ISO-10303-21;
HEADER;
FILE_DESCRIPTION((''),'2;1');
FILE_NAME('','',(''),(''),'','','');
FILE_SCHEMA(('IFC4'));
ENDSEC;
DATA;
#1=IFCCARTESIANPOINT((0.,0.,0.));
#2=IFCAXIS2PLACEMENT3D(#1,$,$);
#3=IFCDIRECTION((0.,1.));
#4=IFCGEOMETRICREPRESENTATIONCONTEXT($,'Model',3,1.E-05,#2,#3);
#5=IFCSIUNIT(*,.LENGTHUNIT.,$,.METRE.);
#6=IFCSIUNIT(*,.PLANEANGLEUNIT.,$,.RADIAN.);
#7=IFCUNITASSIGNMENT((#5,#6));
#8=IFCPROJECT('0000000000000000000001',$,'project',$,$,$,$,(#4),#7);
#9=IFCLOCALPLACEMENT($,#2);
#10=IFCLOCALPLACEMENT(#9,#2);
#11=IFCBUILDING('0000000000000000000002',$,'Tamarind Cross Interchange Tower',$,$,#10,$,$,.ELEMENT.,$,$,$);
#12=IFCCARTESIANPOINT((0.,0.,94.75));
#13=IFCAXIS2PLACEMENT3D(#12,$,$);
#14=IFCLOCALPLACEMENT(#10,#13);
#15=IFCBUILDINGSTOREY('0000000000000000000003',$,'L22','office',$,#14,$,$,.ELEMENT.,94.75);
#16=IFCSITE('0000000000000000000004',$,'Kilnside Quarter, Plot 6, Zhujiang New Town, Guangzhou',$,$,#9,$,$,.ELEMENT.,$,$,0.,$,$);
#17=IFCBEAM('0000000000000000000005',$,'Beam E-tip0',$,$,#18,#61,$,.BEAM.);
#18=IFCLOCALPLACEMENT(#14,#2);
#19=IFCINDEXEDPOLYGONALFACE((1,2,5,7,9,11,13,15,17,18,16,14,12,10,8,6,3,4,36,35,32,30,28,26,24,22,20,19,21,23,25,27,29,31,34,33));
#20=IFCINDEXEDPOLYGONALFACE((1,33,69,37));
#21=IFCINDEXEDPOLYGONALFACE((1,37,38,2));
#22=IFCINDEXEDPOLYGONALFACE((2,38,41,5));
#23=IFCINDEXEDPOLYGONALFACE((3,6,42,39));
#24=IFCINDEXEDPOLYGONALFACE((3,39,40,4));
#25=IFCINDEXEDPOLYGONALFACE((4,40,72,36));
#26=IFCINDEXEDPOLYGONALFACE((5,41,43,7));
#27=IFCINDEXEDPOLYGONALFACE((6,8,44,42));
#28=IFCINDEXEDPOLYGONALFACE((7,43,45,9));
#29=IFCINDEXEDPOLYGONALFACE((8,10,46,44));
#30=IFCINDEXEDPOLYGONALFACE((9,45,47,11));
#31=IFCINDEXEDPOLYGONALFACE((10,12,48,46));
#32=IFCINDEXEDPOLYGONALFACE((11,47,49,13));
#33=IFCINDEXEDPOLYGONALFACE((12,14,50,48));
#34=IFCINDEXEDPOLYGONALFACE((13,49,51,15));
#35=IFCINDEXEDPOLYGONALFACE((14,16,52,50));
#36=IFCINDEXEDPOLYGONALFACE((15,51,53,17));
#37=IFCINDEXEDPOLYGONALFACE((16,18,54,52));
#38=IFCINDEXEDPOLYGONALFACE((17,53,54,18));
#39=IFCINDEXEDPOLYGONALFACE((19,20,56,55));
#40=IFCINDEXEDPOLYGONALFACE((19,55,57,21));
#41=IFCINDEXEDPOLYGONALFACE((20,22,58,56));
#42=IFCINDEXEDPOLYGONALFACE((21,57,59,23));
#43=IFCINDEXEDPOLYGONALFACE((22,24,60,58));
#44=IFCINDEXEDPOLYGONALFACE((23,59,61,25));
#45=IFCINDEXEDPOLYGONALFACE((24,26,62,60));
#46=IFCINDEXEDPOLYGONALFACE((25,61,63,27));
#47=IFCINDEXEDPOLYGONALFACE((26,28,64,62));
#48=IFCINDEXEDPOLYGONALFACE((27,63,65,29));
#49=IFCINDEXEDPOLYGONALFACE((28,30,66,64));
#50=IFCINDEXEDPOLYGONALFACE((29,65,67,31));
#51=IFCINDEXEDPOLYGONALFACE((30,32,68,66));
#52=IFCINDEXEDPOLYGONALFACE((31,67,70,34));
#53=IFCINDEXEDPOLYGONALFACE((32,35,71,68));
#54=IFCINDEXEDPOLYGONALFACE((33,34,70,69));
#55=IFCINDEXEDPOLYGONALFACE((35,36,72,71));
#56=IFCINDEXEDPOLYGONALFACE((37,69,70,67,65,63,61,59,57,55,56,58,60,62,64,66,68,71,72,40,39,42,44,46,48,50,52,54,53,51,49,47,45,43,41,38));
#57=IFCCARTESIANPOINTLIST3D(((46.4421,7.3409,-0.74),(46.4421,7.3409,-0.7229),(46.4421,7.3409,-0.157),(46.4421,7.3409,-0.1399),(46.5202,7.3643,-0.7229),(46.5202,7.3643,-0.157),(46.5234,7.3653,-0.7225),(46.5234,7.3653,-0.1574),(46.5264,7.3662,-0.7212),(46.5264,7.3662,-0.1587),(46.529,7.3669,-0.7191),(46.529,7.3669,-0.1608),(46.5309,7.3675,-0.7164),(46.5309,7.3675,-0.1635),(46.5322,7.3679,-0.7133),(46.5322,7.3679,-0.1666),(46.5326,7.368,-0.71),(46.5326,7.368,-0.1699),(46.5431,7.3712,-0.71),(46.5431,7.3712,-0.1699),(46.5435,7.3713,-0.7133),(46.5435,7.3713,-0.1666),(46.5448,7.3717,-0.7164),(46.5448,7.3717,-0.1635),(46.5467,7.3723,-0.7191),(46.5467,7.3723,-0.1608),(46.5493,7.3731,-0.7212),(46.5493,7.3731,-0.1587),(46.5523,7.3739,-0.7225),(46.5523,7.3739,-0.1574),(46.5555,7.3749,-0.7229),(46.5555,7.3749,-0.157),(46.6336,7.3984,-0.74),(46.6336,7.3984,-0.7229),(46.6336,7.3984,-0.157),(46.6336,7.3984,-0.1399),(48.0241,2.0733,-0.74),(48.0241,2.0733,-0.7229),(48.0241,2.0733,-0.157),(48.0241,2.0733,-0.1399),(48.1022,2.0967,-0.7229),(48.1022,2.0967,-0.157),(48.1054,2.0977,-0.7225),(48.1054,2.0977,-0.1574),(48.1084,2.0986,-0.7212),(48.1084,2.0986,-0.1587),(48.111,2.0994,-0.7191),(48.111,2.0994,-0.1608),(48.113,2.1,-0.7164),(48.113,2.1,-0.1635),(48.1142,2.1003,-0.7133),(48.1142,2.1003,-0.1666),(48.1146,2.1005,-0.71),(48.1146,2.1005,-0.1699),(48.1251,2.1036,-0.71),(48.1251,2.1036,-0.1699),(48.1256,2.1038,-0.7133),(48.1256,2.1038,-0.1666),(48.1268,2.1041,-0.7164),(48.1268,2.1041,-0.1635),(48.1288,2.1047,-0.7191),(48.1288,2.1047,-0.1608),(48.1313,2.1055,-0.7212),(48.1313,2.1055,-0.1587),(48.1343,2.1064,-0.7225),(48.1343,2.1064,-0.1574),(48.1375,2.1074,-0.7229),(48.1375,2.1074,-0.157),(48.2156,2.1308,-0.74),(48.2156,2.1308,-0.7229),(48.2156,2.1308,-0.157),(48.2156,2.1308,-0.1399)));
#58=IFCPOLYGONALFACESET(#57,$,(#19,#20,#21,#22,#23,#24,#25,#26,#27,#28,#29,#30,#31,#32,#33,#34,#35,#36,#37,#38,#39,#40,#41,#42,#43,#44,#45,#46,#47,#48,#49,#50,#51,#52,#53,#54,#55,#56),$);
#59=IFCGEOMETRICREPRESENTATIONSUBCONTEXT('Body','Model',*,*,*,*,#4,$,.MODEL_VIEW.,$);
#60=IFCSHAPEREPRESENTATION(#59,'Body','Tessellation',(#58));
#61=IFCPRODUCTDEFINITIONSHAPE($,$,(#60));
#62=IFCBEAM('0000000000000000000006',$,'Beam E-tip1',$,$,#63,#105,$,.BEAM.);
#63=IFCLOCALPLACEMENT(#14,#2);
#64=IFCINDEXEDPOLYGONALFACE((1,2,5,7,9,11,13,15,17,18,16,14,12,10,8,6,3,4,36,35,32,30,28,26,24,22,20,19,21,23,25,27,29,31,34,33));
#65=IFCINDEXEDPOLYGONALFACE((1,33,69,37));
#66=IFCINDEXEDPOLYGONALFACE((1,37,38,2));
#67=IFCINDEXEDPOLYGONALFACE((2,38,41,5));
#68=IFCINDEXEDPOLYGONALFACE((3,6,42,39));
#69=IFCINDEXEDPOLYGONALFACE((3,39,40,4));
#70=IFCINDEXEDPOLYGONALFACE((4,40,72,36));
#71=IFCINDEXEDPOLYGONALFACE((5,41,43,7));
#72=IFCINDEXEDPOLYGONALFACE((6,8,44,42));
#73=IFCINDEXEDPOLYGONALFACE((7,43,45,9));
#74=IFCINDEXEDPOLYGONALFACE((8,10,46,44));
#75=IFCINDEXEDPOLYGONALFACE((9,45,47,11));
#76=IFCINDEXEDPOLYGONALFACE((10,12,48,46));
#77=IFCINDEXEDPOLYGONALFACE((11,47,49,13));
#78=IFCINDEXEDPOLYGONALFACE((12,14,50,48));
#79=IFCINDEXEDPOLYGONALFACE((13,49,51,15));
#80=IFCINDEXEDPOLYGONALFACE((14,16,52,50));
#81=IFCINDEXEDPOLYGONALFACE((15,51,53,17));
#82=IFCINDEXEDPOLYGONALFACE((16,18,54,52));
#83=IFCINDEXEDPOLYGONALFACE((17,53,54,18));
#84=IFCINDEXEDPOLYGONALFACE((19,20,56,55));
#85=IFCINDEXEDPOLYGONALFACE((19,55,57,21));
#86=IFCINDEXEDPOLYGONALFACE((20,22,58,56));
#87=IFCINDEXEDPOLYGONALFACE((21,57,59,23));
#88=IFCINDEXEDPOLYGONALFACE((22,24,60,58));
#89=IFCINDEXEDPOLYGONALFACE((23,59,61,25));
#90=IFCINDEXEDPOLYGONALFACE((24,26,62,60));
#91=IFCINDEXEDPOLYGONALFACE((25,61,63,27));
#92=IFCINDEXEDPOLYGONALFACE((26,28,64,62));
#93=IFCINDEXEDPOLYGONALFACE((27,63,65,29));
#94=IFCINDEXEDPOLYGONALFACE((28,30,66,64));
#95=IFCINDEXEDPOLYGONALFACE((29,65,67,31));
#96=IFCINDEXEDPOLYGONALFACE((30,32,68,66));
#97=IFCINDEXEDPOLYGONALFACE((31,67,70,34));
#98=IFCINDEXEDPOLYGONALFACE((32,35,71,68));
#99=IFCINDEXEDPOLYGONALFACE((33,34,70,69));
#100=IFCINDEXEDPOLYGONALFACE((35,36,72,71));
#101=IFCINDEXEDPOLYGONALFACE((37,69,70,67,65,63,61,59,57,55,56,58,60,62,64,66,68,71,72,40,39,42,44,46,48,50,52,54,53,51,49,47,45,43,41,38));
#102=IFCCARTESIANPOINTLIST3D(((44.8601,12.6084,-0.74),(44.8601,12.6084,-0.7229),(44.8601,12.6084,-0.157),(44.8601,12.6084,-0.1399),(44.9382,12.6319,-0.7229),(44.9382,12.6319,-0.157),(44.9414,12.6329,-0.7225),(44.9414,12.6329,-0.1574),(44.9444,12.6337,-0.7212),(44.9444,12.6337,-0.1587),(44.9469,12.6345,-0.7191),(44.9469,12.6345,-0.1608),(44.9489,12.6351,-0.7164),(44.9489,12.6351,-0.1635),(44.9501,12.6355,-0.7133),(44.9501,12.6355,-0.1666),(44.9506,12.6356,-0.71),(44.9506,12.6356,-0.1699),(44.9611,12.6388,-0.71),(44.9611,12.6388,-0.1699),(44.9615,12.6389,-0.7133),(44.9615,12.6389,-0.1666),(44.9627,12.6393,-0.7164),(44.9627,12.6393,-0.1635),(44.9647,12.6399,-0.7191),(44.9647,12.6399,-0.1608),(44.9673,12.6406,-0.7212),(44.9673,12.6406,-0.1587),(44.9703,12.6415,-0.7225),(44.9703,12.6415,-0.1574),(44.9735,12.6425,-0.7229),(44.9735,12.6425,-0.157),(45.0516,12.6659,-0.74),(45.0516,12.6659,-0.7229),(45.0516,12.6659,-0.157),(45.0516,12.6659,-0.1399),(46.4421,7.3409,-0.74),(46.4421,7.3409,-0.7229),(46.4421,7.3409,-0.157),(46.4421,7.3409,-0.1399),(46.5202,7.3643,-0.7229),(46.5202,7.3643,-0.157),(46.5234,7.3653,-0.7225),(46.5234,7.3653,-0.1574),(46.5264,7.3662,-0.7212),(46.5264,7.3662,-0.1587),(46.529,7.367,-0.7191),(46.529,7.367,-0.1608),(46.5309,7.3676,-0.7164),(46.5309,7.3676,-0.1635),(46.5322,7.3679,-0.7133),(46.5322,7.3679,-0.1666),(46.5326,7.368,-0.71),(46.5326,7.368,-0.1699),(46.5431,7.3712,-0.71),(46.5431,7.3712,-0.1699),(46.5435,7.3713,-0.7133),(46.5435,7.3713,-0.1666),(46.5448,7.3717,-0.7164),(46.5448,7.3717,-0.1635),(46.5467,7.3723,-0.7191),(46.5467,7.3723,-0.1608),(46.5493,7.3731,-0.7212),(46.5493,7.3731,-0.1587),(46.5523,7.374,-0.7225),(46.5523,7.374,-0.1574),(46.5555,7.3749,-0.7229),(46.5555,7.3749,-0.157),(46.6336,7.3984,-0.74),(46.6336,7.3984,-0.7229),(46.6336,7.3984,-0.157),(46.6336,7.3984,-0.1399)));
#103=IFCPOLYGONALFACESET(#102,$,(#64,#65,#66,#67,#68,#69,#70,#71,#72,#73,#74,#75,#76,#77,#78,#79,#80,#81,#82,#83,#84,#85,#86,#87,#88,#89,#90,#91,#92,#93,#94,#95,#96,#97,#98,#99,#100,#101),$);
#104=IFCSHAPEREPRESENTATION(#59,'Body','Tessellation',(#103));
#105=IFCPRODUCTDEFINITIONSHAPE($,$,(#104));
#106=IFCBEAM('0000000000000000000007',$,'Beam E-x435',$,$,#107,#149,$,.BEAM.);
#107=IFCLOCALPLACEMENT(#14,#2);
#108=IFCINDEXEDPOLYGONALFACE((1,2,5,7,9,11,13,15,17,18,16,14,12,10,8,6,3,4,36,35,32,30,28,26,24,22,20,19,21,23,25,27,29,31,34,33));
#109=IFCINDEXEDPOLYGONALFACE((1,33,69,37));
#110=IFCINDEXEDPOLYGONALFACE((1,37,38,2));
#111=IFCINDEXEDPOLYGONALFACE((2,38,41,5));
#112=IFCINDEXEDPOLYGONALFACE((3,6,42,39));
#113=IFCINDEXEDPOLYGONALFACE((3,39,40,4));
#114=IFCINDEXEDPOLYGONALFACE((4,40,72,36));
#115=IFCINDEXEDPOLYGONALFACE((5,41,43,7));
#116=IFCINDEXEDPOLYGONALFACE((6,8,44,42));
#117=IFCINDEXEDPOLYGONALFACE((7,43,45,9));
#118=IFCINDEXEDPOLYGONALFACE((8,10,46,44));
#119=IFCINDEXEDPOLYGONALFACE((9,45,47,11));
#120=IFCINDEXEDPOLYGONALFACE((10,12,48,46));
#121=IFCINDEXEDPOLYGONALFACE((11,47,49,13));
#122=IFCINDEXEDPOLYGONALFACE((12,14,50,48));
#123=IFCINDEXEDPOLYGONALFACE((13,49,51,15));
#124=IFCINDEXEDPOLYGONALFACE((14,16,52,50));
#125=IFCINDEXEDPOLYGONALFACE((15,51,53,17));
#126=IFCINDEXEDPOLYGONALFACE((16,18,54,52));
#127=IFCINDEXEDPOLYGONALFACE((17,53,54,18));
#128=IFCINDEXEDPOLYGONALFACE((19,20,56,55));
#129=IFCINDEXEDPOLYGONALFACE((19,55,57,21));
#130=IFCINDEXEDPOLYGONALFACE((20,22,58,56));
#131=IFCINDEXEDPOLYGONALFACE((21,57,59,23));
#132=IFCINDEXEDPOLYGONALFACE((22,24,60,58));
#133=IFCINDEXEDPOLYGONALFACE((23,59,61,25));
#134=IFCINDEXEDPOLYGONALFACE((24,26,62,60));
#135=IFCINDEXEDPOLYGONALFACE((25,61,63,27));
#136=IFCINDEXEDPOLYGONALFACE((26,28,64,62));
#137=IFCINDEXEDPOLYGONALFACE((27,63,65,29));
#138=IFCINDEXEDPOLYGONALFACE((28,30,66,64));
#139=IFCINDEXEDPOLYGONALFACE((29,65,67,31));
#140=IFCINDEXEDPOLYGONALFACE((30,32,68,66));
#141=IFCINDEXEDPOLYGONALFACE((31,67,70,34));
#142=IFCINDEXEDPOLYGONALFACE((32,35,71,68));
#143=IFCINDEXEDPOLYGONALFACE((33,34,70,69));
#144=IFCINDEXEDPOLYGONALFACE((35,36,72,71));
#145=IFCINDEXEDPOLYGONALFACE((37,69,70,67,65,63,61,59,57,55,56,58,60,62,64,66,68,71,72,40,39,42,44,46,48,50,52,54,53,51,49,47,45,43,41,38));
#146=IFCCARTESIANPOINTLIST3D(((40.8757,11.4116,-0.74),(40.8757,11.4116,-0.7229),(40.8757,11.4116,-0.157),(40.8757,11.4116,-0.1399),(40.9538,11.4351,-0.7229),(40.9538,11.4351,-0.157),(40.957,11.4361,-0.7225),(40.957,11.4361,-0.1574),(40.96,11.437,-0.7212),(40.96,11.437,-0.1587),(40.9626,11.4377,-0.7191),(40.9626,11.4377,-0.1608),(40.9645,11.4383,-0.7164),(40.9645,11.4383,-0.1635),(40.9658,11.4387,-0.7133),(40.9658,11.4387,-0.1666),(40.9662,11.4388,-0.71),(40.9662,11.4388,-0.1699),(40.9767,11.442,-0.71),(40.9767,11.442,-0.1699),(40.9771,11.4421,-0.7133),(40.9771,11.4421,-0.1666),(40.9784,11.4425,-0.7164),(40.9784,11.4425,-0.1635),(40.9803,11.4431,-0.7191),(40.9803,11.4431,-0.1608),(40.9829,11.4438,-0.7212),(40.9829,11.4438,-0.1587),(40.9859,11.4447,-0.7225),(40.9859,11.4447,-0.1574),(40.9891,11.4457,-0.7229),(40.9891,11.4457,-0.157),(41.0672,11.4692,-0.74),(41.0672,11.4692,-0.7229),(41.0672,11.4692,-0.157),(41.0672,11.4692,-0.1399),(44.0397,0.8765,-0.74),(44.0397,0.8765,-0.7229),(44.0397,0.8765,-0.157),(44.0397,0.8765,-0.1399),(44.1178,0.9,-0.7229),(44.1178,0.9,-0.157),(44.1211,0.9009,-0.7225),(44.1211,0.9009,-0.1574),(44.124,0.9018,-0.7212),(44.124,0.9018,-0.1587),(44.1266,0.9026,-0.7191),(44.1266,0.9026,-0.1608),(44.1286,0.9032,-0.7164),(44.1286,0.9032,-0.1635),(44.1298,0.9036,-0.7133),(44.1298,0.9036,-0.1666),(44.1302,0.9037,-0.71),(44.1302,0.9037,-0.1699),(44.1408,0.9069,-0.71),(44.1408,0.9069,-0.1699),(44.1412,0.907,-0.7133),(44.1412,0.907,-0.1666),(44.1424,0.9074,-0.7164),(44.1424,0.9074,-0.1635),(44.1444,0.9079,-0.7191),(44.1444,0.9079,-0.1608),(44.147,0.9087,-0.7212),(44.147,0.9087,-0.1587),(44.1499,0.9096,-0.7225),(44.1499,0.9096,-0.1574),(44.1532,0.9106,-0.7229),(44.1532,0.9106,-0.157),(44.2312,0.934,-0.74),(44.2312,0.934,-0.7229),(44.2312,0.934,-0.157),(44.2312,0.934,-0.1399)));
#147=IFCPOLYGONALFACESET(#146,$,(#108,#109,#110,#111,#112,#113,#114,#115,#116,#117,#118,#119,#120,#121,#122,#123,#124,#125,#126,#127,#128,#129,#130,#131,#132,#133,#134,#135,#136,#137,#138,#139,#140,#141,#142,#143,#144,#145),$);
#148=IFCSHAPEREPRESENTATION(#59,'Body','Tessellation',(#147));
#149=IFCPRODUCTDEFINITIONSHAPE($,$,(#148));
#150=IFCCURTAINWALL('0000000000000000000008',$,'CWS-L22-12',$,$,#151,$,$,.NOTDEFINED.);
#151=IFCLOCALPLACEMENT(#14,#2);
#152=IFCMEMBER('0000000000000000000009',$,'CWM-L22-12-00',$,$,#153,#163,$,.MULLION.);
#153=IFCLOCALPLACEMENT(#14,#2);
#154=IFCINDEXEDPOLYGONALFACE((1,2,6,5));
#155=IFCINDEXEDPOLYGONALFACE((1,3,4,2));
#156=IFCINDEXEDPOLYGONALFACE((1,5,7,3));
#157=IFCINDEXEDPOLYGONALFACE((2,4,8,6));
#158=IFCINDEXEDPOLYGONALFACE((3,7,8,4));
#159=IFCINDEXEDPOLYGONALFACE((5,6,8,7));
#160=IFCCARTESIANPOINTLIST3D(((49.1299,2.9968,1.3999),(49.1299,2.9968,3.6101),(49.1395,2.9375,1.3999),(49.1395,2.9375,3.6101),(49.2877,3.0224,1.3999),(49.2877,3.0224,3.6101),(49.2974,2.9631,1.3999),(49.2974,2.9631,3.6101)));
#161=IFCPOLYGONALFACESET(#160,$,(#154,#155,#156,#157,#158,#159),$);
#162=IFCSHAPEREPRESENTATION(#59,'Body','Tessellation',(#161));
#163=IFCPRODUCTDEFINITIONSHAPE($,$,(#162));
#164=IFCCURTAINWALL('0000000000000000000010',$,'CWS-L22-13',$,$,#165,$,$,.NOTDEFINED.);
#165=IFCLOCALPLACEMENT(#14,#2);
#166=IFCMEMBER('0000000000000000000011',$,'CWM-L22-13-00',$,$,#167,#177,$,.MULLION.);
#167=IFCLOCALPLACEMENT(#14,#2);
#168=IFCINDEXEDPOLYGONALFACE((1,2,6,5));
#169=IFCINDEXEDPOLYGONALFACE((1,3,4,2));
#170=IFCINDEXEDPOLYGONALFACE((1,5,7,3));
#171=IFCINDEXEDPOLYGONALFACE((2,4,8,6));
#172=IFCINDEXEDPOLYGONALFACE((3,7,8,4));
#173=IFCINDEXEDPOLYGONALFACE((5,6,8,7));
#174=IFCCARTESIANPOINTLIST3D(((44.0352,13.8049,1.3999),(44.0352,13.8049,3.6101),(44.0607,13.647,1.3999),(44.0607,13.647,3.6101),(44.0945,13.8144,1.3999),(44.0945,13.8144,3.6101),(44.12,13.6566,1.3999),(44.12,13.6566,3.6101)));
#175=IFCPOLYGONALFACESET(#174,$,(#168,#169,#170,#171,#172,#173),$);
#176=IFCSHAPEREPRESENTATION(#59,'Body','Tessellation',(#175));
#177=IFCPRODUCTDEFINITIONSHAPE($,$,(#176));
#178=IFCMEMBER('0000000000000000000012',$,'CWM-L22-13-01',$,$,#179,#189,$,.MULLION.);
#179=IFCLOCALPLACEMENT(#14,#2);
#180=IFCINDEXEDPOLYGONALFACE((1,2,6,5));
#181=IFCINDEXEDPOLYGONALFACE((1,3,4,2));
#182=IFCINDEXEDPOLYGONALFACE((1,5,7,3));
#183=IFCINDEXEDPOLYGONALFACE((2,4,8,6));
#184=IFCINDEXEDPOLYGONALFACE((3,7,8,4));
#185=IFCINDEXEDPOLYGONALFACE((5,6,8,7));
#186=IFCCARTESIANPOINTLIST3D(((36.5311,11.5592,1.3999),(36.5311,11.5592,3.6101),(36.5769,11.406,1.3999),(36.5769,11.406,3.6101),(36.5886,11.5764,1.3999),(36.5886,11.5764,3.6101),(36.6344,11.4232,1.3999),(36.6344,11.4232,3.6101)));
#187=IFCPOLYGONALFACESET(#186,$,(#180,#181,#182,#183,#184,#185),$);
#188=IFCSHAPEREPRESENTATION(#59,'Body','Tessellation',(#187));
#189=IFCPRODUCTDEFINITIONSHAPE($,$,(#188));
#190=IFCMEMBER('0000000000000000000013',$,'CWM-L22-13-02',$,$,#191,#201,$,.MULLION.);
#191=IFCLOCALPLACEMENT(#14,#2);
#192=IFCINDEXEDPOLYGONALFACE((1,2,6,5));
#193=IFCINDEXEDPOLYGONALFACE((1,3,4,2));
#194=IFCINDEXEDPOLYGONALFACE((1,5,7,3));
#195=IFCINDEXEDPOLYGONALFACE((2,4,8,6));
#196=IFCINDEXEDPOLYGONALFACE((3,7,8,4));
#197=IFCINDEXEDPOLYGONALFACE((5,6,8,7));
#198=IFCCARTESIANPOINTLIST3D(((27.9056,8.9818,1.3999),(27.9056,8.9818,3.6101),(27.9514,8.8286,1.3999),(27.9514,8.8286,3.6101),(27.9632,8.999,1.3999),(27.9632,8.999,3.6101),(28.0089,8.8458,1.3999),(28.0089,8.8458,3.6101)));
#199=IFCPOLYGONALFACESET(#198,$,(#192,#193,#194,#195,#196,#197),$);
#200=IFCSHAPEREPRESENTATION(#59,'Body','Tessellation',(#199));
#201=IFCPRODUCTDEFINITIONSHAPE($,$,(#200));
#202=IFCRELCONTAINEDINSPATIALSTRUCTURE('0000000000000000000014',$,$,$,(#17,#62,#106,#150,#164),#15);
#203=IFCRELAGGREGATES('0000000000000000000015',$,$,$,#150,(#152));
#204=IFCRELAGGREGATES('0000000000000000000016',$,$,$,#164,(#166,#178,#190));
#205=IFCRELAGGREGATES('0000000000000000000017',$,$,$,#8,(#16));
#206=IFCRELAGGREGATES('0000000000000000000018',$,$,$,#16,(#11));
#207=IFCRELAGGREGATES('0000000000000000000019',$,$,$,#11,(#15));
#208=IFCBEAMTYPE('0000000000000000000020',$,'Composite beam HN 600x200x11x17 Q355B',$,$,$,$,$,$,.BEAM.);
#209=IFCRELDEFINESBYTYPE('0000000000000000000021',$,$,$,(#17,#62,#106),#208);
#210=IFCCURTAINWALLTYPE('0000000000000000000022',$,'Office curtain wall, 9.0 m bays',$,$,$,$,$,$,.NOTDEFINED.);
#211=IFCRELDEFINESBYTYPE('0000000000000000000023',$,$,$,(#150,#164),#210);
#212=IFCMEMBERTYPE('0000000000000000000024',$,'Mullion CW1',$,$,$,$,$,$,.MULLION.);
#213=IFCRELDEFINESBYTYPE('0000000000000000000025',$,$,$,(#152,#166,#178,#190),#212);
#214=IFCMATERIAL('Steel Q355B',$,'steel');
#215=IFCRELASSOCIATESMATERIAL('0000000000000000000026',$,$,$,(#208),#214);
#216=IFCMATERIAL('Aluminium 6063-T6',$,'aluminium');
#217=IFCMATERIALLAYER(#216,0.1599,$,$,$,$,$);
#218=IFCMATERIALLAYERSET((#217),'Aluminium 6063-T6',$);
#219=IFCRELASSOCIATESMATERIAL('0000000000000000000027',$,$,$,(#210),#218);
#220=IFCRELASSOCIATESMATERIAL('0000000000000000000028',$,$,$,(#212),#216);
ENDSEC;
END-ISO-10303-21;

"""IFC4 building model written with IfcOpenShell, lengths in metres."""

from ifc_helpers import new_model, si_unit, direction, frame, origin, origin_2d, place, context, subcontext, project, spatial, rectangle, i_section, extrude, material, layer, layer_set, material_profile, profile_set, type_object, element, aggregate, save


model = new_model("IFC4")

# Units and contexts
model_context = context("Model", 3, precision=1e-05, world=origin(), true_north=direction((0.0, 1.0)))
body_context = subcontext(model_context, "Body", "Model", "MODEL_VIEW")
ifc_project = project(units=[si_unit("LENGTHUNIT", "METRE"), si_unit("PLANEANGLEUNIT", "RADIAN")], contexts=[model_context])

# Site, building, storey
site_placement = place(None, origin())
site = spatial("IfcSite", under=ifc_project, at=site_placement, Name="Kilnside Quarter, Plot 6, Zhujiang New Town, Guangzhou", CompositionType="ELEMENT", RefElevation=0.0)
building_placement = place(site_placement, origin())
building = spatial("IfcBuilding", under=site, at=building_placement, Name="Tamarind Cross Interchange Tower", CompositionType="ELEMENT")
storey_placement = place(building_placement, frame((0.0, 0.0, 94.75)))
storey = spatial("IfcBuildingStorey", under=building, at=storey_placement, Name="L22", Description="office", CompositionType="ELEMENT", Elevation=94.75)

# Beams
ifc_material_1 = material(Name="Steel Q355B", Category="steel")
ifc_material_profile_1 = material_profile(ifc_material_1, i_section(OverallWidth=0.2, OverallDepth=0.6001, WebThickness=0.011, FlangeThickness=0.0171, FilletRadius=0.0129, at=origin_2d()), Name="HN 600x200x11x17")
ifc_profile_set_1 = profile_set([ifc_material_profile_1], Name="Steel Q355B")
beam_type_1 = type_object("IfcBeamType", Name="Composite beam HN 600x200x11x17 Q355B", PredefinedType="BEAM", material=ifc_profile_set_1)
for number, where, z_axis, x_axis, name in (
    (1, (48.1199, 2.1021, -0.4399), (-0.287641, 0.957738, 0.0), (-0.957738, -0.287641, 0.0), "Beam E-tip0"),
    (2, (46.5378, 7.3696, -0.4399), (-0.287641, 0.957738, 0.0), (-0.957738, -0.287641, 0.0), "Beam E-tip1"),
):
    element("IfcBeam", number, at=place(storey_placement, frame(where, z_axis=z_axis, x_axis=x_axis)), inside=storey, type_object=beam_type_1, Name=name, PredefinedType="BEAM", context=body_context, shape_type="SweptSolid", body=[
        extrude(i_section(OverallWidth=0.2, OverallDepth=0.6001, WebThickness=0.011, FlangeThickness=0.0171, FilletRadius=0.0129, at=origin_2d()), origin(), (0.0, 0.0, 1.0), 5.5),
    ])
beam_1_placement = place(storey_placement, frame((44.1355, 0.9053, -0.4399), z_axis=(-0.287641, 0.957738, 0.0), x_axis=(-0.957738, -0.287641, 0.0)))
element("IfcBeam", 3, at=beam_1_placement, inside=storey, type_object=beam_type_1, Name="Beam E-x435", PredefinedType="BEAM", context=body_context, shape_type="SweptSolid", body=[
    extrude(i_section(OverallWidth=0.2, OverallDepth=0.6001, WebThickness=0.011, FlangeThickness=0.0171, FilletRadius=0.0129, at=origin_2d()), origin(), (0.0, 0.0, 1.0), 11.0),
])

# Curtain wall, member
ifc_material_2 = material(Name="Aluminium 6063-T6", Category="aluminium")
ifc_layer_1 = layer(ifc_material_2, 0.1599)
ifc_layer_set_1 = layer_set([ifc_layer_1], Name="Aluminium 6063-T6")
curtain_wall_type = type_object("IfcCurtainWallType", Name="Office curtain wall, 9.0 m bays", PredefinedType="NOTDEFINED", material=ifc_layer_set_1)
curtain_wall_1_placement = place(storey_placement, origin())
curtain_wall_1 = element("IfcCurtainWall", 4, at=curtain_wall_1_placement, inside=storey, type_object=curtain_wall_type, Name="CWS-L22-12", PredefinedType="NOTDEFINED")
ifc_material_profile_2 = material_profile(ifc_material_2, rectangle(XDim=0.0601, YDim=0.1599, at=origin_2d()), Name="Mullion CW1")
ifc_profile_set_2 = profile_set([ifc_material_profile_2], Name="Aluminium 6063-T6")
member_type = type_object("IfcMemberType", Name="Mullion CW1", PredefinedType="MULLION", material=ifc_profile_set_2)
member_1_placement = place(storey_placement, frame((49.2136, 2.98, 1.3999), z_axis=(0.0, 0.0, 1.0), x_axis=(-0.160171, 0.987089, 0.0)))
member_1 = element("IfcMember", 5, at=member_1_placement, type_object=member_type, Name="CWM-L22-12-00", PredefinedType="MULLION", context=body_context, shape_type="SweptSolid", body=[
    extrude(rectangle(XDim=0.0601, YDim=0.1599, at=origin_2d()), origin(), (0.0, 0.0, 1.0), 2.2102),
])
aggregate(curtain_wall_1, [member_1])

# Curtain wall, members
curtain_wall_2_placement = place(storey_placement, origin())
curtain_wall_2 = element("IfcCurtainWall", 6, at=curtain_wall_2_placement, inside=storey, type_object=curtain_wall_type, Name="CWS-L22-13", PredefinedType="NOTDEFINED")
member_2_placement = place(storey_placement, frame((44.0776, 13.7307, 1.3999), z_axis=(0.0, 0.0, 1.0), x_axis=(-0.987201, -0.159482, 0.0)))
member_2 = element("IfcMember", 7, at=member_2_placement, type_object=member_type, Name="CWM-L22-13-00", PredefinedType="MULLION", context=body_context, shape_type="SweptSolid", body=[
    extrude(rectangle(XDim=0.0601, YDim=0.1599, at=origin_2d()), origin(), (0.0, 0.0, 1.0), 2.2102),
])
member_3_placement = place(storey_placement, frame((36.5828, 11.4912, 1.3999), z_axis=(0.0, 0.0, 1.0), x_axis=(-0.958139, -0.286304, 0.0)))
member_3 = element("IfcMember", 8, at=member_3_placement, type_object=member_type, Name="CWM-L22-13-01", PredefinedType="MULLION", context=body_context, shape_type="SweptSolid", body=[
    extrude(rectangle(XDim=0.0601, YDim=0.1599, at=origin_2d()), origin(), (0.0, 0.0, 1.0), 2.2102),
])
member_4_placement = place(storey_placement, frame((27.9573, 8.9138, 1.3999), z_axis=(0.0, 0.0, 1.0), x_axis=(-0.958139, -0.286304, 0.0)))
member_4 = element("IfcMember", 9, at=member_4_placement, type_object=member_type, Name="CWM-L22-13-02", PredefinedType="MULLION", context=body_context, shape_type="SweptSolid", body=[
    extrude(rectangle(XDim=0.0601, YDim=0.1599, at=origin_2d()), origin(), (0.0, 0.0, 1.0), 2.2102),
])
aggregate(curtain_wall_2, [member_2, member_3, member_4])

save(model, "model.ifc")
